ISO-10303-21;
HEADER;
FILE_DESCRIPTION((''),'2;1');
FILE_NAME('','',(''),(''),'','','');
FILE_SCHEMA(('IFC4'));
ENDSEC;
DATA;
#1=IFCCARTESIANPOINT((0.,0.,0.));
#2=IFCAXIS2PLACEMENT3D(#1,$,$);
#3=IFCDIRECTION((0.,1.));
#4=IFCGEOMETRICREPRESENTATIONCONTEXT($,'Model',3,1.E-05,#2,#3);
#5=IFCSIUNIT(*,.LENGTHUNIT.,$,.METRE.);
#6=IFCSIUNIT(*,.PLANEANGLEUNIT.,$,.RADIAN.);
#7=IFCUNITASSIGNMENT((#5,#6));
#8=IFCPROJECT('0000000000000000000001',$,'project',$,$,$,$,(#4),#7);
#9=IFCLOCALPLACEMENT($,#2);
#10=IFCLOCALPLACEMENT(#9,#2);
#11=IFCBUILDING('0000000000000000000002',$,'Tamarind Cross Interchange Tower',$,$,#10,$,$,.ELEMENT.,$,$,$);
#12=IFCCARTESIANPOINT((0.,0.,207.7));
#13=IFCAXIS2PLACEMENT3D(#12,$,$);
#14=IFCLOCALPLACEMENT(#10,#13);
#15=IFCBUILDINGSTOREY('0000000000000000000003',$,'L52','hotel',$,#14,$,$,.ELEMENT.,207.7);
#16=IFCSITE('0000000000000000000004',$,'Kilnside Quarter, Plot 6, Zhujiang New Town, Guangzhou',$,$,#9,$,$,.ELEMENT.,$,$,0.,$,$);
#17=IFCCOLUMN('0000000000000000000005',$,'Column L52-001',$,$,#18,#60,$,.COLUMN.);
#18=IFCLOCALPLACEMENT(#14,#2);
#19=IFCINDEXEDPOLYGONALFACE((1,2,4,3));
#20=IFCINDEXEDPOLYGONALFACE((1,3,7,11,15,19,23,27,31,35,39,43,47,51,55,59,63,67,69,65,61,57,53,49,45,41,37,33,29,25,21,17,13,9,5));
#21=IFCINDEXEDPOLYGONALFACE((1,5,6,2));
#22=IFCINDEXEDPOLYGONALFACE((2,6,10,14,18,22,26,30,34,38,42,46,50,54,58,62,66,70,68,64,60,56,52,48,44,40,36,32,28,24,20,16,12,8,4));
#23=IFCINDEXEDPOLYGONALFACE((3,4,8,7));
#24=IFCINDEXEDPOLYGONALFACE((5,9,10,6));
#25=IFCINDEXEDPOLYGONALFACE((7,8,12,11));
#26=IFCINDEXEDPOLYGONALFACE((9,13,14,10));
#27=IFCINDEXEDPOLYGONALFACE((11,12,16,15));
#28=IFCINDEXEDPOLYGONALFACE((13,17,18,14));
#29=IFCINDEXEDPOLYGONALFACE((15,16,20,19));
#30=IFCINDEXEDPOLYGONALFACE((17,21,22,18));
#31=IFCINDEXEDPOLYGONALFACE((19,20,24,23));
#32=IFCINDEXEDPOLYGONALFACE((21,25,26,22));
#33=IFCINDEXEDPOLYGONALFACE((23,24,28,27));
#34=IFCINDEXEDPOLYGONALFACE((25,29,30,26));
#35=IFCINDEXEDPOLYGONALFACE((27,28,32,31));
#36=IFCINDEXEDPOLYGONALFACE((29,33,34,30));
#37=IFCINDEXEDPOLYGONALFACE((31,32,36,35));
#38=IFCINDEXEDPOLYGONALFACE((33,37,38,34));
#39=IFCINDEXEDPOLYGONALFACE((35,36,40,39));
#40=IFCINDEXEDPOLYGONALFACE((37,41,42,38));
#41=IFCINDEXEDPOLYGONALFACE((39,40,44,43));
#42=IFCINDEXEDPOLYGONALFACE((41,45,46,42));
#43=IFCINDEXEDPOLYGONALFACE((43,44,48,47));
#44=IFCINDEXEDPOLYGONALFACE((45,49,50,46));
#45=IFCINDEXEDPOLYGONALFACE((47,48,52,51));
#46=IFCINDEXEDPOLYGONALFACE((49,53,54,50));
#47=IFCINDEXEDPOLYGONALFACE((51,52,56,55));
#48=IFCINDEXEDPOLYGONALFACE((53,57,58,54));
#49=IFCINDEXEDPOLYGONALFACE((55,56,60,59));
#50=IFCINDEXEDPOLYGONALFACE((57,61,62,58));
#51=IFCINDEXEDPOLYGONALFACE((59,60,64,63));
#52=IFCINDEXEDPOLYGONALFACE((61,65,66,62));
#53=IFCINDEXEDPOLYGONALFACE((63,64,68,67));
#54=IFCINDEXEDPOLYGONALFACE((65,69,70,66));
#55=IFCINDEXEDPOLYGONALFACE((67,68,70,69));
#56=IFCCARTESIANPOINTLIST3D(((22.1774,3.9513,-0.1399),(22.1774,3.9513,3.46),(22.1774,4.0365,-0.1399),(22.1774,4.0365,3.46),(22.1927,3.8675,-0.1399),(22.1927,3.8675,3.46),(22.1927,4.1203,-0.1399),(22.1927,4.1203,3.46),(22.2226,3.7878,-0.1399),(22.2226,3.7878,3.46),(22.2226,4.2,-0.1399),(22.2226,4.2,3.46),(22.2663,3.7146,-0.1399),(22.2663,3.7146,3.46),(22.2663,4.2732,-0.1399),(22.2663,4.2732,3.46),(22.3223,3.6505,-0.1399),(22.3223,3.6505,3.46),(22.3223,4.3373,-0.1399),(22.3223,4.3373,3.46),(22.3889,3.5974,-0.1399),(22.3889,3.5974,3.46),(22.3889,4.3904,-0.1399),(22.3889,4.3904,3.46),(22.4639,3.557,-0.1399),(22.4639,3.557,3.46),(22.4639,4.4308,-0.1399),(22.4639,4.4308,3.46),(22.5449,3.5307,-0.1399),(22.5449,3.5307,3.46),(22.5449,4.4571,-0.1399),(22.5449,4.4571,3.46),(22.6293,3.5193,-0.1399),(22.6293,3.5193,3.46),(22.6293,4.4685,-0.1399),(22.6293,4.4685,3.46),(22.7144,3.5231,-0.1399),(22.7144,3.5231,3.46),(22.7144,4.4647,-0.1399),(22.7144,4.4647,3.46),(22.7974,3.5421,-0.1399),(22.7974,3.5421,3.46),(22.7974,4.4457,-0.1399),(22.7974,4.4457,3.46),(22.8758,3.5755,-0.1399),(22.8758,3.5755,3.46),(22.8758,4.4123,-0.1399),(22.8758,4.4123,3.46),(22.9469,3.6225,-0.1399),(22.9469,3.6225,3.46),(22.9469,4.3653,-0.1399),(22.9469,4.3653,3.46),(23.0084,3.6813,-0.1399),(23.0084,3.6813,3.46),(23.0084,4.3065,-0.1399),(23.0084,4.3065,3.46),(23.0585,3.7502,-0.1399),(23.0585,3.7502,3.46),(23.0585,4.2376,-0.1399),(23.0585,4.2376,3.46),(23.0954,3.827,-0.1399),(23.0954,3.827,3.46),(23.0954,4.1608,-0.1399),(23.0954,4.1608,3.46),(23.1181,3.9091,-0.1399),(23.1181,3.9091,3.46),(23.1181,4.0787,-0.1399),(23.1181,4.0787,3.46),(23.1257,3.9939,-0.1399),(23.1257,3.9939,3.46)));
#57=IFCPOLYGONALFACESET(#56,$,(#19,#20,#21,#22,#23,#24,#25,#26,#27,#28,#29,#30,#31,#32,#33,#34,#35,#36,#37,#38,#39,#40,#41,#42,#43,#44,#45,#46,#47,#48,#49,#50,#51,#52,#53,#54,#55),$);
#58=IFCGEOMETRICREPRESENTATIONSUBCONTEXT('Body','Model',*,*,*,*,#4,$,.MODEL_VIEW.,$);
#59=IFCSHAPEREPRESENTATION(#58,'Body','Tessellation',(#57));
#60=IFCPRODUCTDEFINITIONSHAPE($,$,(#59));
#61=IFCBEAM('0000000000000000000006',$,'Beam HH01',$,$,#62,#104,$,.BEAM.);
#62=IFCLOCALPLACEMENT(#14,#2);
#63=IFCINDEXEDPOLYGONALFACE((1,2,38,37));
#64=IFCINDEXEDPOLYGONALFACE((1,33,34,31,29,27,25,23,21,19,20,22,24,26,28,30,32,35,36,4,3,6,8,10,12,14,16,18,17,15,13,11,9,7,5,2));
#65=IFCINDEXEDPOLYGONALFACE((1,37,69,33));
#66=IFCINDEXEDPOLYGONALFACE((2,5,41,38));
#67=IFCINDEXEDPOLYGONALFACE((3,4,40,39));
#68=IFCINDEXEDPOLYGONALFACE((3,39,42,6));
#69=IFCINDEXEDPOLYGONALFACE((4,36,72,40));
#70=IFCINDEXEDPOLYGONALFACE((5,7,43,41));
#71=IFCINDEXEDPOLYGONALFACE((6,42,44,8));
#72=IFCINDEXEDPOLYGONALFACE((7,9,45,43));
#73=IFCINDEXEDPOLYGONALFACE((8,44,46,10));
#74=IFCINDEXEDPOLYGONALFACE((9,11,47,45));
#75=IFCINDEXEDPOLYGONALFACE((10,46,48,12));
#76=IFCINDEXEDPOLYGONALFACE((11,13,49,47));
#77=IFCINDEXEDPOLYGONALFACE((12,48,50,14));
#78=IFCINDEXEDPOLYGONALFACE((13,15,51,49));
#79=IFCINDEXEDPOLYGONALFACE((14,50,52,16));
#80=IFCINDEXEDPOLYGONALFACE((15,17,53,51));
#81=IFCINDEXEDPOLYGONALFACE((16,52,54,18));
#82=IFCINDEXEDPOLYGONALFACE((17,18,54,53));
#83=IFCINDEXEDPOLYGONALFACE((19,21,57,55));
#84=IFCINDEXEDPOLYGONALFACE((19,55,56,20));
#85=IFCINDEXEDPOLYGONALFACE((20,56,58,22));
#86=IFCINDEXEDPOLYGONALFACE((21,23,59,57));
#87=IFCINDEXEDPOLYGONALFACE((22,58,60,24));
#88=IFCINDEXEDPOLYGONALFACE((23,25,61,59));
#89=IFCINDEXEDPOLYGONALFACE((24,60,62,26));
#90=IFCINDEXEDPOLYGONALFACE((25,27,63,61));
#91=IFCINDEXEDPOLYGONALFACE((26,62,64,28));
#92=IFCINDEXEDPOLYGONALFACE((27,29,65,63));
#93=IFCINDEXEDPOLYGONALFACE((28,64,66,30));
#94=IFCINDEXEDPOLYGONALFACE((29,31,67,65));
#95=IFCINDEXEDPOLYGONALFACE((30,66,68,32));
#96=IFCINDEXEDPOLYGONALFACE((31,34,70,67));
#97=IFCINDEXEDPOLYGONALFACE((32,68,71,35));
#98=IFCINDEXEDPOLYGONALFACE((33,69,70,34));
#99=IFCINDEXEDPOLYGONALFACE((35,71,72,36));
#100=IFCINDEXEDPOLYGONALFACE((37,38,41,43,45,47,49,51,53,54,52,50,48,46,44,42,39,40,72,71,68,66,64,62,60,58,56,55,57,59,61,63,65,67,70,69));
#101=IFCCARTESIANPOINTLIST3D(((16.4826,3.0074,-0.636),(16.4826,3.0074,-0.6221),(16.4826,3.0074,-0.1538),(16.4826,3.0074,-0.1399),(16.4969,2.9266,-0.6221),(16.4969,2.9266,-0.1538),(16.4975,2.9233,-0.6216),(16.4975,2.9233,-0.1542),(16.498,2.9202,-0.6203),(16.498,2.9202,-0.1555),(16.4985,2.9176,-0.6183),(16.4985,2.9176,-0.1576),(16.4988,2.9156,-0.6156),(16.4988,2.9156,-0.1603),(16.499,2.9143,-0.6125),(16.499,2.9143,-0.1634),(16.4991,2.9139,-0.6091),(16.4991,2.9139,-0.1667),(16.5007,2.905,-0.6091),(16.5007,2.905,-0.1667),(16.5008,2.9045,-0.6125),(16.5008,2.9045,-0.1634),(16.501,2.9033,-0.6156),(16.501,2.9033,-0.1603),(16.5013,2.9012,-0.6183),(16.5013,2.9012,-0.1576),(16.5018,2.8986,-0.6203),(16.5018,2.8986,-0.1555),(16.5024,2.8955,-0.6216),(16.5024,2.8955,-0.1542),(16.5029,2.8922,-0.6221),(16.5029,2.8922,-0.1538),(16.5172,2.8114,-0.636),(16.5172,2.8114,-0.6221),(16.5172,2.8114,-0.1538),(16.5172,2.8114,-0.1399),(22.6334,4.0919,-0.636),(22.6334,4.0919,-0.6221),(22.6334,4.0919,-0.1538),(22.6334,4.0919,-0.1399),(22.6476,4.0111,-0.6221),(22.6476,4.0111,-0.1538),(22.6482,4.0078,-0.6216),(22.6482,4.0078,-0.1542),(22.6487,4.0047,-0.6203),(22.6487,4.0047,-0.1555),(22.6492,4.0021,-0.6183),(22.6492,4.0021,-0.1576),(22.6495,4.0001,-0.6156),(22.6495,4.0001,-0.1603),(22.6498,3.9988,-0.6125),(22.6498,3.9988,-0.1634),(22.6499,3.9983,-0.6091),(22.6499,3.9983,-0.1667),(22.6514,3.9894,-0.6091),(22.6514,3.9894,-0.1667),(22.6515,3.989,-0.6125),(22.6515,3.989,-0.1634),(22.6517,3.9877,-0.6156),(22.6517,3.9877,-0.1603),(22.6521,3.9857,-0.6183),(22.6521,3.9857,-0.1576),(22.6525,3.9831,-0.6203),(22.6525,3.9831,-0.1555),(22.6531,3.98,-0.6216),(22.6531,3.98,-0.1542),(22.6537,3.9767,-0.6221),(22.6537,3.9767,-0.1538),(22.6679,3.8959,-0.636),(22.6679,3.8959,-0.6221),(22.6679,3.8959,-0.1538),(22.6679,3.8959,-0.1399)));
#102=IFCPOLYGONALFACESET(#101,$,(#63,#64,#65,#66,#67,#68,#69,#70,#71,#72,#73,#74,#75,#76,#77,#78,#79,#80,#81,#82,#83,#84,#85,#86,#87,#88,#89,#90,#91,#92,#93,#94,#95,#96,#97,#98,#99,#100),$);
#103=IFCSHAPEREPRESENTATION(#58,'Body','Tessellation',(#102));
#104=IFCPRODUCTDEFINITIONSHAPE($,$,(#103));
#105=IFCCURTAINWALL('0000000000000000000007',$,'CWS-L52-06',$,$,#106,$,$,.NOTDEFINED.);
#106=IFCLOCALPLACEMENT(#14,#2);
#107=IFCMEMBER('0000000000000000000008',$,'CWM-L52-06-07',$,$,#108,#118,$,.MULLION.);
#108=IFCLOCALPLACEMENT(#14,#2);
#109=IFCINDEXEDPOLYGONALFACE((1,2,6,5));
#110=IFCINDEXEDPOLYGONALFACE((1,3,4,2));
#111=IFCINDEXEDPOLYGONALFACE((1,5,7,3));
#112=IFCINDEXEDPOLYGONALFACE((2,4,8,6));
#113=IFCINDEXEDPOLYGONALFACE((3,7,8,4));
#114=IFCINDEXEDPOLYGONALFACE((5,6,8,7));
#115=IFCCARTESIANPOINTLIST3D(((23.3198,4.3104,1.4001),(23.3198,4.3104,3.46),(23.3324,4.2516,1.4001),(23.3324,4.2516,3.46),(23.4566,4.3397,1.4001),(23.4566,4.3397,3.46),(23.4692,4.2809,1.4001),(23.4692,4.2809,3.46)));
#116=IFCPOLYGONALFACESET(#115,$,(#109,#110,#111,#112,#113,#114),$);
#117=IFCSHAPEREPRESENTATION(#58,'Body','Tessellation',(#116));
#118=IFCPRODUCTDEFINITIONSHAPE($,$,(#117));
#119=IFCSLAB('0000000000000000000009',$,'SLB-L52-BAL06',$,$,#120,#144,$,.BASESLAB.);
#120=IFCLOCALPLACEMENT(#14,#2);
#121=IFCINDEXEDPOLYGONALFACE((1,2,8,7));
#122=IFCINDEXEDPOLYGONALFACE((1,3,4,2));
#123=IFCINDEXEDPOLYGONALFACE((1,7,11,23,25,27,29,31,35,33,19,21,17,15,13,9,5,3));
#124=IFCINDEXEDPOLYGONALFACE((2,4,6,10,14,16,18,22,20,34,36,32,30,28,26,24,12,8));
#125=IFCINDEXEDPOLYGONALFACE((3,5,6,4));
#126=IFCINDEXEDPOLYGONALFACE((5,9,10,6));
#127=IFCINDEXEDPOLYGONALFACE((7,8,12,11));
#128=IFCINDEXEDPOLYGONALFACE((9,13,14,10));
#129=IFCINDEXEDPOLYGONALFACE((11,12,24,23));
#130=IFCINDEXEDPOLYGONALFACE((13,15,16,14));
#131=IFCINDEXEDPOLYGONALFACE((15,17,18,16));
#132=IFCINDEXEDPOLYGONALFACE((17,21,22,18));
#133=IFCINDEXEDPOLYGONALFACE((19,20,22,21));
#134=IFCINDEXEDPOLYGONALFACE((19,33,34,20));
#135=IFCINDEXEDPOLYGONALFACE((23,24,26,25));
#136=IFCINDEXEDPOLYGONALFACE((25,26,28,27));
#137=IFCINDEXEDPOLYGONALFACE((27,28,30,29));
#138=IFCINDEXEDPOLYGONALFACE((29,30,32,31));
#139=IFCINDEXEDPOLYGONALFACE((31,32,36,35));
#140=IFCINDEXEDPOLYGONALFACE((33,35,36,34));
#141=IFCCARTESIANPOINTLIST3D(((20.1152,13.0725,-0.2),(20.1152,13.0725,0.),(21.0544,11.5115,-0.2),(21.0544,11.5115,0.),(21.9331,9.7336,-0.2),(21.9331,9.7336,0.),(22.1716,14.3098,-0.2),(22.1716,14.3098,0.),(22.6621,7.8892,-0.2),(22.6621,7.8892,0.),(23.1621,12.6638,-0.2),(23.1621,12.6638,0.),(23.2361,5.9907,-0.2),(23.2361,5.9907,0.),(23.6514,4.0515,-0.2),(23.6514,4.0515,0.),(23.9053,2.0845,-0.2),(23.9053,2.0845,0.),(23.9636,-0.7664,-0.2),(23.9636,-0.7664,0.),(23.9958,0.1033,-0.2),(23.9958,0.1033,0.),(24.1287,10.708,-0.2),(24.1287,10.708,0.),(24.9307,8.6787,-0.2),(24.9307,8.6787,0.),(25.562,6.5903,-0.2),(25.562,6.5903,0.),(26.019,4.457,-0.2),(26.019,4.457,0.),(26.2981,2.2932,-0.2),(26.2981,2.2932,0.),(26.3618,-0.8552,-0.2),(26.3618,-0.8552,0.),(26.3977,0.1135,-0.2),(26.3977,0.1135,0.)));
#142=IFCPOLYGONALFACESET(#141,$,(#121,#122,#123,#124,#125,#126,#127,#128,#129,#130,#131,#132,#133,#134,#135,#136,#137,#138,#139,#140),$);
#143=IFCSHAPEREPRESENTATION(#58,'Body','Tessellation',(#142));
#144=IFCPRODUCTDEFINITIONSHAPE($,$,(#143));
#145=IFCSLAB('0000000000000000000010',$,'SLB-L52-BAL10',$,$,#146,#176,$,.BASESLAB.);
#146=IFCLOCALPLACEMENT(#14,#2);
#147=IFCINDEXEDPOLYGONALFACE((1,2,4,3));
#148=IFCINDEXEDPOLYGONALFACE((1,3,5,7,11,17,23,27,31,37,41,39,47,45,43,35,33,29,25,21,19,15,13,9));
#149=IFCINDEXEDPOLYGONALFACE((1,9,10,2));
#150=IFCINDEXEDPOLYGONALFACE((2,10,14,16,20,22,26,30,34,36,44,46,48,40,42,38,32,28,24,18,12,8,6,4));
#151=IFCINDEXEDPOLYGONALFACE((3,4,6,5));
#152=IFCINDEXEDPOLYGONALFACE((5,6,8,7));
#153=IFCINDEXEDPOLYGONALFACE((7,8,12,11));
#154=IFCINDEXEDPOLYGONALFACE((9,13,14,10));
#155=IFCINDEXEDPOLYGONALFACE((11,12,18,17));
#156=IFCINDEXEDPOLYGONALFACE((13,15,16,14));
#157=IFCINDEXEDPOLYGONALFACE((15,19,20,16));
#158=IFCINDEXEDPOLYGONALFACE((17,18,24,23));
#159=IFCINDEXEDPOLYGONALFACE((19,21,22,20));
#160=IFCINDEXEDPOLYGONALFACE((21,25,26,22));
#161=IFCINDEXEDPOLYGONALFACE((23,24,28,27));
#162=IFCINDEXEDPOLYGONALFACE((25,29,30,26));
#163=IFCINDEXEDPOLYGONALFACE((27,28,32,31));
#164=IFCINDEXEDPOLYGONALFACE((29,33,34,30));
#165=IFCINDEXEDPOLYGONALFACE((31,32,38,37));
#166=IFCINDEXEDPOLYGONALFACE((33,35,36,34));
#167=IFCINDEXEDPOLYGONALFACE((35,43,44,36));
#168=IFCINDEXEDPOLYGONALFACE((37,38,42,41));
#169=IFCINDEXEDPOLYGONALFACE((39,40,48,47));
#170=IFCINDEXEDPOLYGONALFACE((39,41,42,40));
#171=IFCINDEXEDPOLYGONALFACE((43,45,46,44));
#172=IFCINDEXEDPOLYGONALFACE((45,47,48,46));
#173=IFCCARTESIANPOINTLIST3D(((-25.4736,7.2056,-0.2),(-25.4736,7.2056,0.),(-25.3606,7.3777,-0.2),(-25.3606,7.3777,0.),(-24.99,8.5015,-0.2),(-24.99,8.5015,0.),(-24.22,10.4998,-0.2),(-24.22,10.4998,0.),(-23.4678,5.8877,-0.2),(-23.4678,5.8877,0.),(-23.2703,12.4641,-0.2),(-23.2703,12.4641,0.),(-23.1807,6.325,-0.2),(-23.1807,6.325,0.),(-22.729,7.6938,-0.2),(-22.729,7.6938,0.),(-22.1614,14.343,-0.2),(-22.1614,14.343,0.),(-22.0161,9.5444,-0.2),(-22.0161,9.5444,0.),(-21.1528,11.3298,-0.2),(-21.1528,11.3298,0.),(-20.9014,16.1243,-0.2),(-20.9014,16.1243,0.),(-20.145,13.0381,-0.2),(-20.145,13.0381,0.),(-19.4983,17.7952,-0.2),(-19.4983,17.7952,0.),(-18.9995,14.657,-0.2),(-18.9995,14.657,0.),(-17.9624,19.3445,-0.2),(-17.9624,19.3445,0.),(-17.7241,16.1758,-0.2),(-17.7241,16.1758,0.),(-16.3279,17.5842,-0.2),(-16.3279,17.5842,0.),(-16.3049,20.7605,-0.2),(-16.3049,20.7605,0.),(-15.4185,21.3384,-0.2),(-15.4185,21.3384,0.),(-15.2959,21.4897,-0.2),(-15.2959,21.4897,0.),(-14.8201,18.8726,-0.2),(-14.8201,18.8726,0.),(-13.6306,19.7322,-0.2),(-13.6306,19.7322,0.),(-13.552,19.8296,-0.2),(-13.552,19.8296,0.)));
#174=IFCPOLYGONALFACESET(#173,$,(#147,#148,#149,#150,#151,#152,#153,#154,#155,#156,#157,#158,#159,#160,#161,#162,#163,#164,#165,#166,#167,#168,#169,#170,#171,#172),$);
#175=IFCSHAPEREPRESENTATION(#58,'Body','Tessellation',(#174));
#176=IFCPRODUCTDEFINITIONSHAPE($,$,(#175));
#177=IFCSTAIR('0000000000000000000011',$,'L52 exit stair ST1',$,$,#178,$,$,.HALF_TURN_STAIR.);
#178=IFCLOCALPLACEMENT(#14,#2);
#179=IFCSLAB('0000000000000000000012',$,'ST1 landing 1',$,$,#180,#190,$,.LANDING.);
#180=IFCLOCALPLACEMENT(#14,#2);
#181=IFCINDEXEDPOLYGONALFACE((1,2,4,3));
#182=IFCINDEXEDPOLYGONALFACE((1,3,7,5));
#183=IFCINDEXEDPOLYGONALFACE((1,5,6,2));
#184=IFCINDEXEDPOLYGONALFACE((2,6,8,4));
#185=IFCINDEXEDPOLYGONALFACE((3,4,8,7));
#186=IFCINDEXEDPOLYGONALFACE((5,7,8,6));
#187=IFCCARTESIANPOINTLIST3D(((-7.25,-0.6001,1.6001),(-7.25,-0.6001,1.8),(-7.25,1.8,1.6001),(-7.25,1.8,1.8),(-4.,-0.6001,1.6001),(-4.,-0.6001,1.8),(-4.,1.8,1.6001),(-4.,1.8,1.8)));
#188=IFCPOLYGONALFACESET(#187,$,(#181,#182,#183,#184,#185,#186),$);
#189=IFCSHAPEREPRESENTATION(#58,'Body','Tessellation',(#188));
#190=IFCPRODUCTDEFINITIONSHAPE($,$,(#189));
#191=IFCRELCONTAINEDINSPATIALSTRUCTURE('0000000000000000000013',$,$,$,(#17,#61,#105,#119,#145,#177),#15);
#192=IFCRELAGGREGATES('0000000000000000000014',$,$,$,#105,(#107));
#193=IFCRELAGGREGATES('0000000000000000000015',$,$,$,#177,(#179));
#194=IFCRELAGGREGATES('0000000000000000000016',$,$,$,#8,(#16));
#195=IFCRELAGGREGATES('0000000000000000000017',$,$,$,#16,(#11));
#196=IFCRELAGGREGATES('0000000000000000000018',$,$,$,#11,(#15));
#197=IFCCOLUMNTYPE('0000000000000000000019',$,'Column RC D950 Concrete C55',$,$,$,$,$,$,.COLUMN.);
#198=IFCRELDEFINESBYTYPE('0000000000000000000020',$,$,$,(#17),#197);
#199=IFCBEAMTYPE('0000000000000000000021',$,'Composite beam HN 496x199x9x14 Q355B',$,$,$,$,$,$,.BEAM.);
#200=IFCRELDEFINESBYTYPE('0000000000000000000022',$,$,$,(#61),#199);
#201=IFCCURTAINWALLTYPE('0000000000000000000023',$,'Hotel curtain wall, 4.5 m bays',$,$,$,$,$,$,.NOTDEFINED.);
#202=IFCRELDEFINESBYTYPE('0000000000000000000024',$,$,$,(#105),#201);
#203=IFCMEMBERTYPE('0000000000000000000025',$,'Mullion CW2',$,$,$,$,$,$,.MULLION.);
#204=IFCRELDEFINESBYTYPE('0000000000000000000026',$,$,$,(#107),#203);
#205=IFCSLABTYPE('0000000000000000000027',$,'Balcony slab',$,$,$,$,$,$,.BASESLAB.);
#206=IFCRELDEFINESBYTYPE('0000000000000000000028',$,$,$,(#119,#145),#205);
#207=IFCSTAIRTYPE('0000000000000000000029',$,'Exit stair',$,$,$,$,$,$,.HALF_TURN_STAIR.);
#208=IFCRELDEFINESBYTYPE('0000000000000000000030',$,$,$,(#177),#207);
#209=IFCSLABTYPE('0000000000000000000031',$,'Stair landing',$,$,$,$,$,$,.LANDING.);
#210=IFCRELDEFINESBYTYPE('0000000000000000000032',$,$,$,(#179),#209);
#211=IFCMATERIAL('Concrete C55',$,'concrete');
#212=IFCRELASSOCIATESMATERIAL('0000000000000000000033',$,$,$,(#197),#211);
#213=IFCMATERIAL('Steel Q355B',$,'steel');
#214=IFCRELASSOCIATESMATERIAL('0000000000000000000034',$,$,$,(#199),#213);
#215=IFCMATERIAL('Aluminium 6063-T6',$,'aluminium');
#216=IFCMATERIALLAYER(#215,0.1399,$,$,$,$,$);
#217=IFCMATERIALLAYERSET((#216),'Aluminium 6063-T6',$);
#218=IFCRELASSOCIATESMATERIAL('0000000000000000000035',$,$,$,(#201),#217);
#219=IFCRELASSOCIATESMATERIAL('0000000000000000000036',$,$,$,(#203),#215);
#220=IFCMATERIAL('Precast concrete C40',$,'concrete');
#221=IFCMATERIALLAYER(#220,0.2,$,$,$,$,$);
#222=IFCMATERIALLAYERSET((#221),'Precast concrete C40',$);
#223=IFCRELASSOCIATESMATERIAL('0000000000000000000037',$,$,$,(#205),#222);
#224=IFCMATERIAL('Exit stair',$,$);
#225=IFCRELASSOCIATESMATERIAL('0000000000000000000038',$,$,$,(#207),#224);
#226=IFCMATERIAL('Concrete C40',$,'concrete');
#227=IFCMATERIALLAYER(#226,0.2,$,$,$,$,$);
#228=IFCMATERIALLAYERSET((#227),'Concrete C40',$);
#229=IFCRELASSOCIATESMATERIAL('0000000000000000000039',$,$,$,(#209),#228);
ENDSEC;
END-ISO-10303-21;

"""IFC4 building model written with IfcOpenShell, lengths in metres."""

from ifc_helpers import new_model, si_unit, direction, frame, origin, origin_2d, place, context, subcontext, project, spatial, polyline, rectangle, circle, i_section, outline, extrude, material, layer, layer_set, material_profile, profile_set, type_object, element, aggregate, save


model = new_model("IFC4")

# Units and contexts
model_context = context("Model", 3, precision=1e-05, world=origin(), true_north=direction((0.0, 1.0)))
body_context = subcontext(model_context, "Body", "Model", "MODEL_VIEW")
ifc_project = project(units=[si_unit("LENGTHUNIT", "METRE"), si_unit("PLANEANGLEUNIT", "RADIAN")], contexts=[model_context])

# Site, building, storey
site_placement = place(None, origin())
site = spatial("IfcSite", under=ifc_project, at=site_placement, Name="Kilnside Quarter, Plot 6, Zhujiang New Town, Guangzhou", CompositionType="ELEMENT", RefElevation=0.0)
building_placement = place(site_placement, origin())
building = spatial("IfcBuilding", under=site, at=building_placement, Name="Tamarind Cross Interchange Tower", CompositionType="ELEMENT")
storey_placement = place(building_placement, frame((0.0, 0.0, 207.7)))
storey = spatial("IfcBuildingStorey", under=building, at=storey_placement, Name="L52", Description="hotel", CompositionType="ELEMENT", Elevation=207.7)

# Column
ifc_material_1 = material(Name="Concrete C55", Category="concrete")
ifc_material_profile_1 = material_profile(ifc_material_1, circle(Radius=0.4751, at=origin_2d()), Name="RC D950")
ifc_profile_set_1 = profile_set([ifc_material_profile_1], Name="Concrete C55")
column_type = type_object("IfcColumnType", Name="Column RC D950 Concrete C55", PredefinedType="COLUMN", material=ifc_profile_set_1)
column_placement = place(storey_placement, frame((22.6506, 3.9939, -0.1399), z_axis=(0.0, 0.0, 1.0), x_axis=(1.0, 0.0, 0.0)))
element("IfcColumn", 1, at=column_placement, inside=storey, type_object=column_type, Name="Column L52-001", PredefinedType="COLUMN", context=body_context, shape_type="SweptSolid", body=[
    extrude(circle(Radius=0.4751, at=origin_2d()), origin(), (0.0, 0.0, 1.0), 3.5999),
])

# Beam
ifc_material_2 = material(Name="Steel Q355B", Category="steel")
ifc_material_profile_2 = material_profile(ifc_material_2, i_section(OverallWidth=0.199, OverallDepth=0.4961, WebThickness=0.009, FlangeThickness=0.0139, FilletRadius=0.0129, at=origin_2d()), Name="HN 496x199x9x14")
ifc_profile_set_2 = profile_set([ifc_material_profile_2], Name="Steel Q355B")
beam_type = type_object("IfcBeamType", Name="Composite beam HN 496x199x9x14 Q355B", PredefinedType="BEAM", material=ifc_profile_set_2)
beam_placement = place(storey_placement, frame((22.6506, 3.9939, -0.3879), z_axis=(-0.984809, -0.17364, 0.0), x_axis=(0.17364, -0.984809, 0.0)))
element("IfcBeam", 2, at=beam_placement, inside=storey, type_object=beam_type, Name="Beam HH01", PredefinedType="BEAM", context=body_context, shape_type="SweptSolid", body=[
    extrude(i_section(OverallWidth=0.199, OverallDepth=0.4961, WebThickness=0.009, FlangeThickness=0.0139, FilletRadius=0.0129, at=origin_2d()), origin(), (0.0, 0.0, 1.0), 6.2456),
])

# Curtain wall, member
ifc_material_3 = material(Name="Aluminium 6063-T6", Category="aluminium")
ifc_layer_1 = layer(ifc_material_3, 0.1399)
ifc_layer_set_1 = layer_set([ifc_layer_1], Name="Aluminium 6063-T6")
curtain_wall_type = type_object("IfcCurtainWallType", Name="Hotel curtain wall, 4.5 m bays", PredefinedType="NOTDEFINED", material=ifc_layer_set_1)
curtain_wall_placement = place(storey_placement, origin())
curtain_wall = element("IfcCurtainWall", 3, at=curtain_wall_placement, inside=storey, type_object=curtain_wall_type, Name="CWS-L52-06", PredefinedType="NOTDEFINED")
ifc_material_profile_3 = material_profile(ifc_material_3, rectangle(XDim=0.0601, YDim=0.1399, at=origin_2d()), Name="Mullion CW2")
ifc_profile_set_3 = profile_set([ifc_material_profile_3], Name="Aluminium 6063-T6")
member_type = type_object("IfcMemberType", Name="Mullion CW2", PredefinedType="MULLION", material=ifc_profile_set_3)
member_placement = place(storey_placement, frame((23.3945, 4.2957, 1.4001), z_axis=(0.0, 0.0, 1.0), x_axis=(-0.209425, 0.977825, 0.0)))
member = element("IfcMember", 4, at=member_placement, type_object=member_type, Name="CWM-L52-06-07", PredefinedType="MULLION", context=body_context, shape_type="SweptSolid", body=[
    extrude(rectangle(XDim=0.0601, YDim=0.1399, at=origin_2d()), origin(), (0.0, 0.0, 1.0), 2.0598),
])
aggregate(curtain_wall, [member])

# Slabs
ifc_material_4 = material(Name="Precast concrete C40", Category="concrete")
ifc_layer_2 = layer(ifc_material_4, 0.2)
ifc_layer_set_2 = layer_set([ifc_layer_2], Name="Precast concrete C40")
slab_type_1 = type_object("IfcSlabType", Name="Balcony slab", PredefinedType="BASESLAB", material=ifc_layer_set_2)
slab_1_placement = place(storey_placement, frame((0.0, 0.0, -0.2)))
element("IfcSlab", 5, at=slab_1_placement, inside=storey, type_object=slab_type_1, Name="SLB-L52-BAL06", PredefinedType="BASESLAB", context=body_context, shape_type="SweptSolid", body=[
    extrude(outline(polyline([(23.9636, -0.7664), (23.9958, 0.1033), (23.9053, 2.0845), (23.6514, 4.0515), (23.2361, 5.9907), (22.6621, 7.8892), (21.9331, 9.7336), (21.0544, 11.5115), (20.1152, 13.0725), (22.1716, 14.3098), (23.1621, 12.6638), (24.1287, 10.708), (24.9307, 8.6787), (25.562, 6.5903), (26.019, 4.457), (26.2981, 2.2932), (26.3977, 0.1135), (26.3618, -0.8552), (23.9636, -0.7664)])), origin(), (0.0, 0.0, 1.0), 0.2),
])
slab_2_placement = place(storey_placement, frame((0.0, 0.0, -0.2)))
element("IfcSlab", 6, at=slab_2_placement, inside=storey, type_object=slab_type_1, Name="SLB-L52-BAL10", PredefinedType="BASESLAB", context=body_context, shape_type="SweptSolid", body=[
    extrude(outline(polyline([(-13.552, 19.8296), (-13.6306, 19.7322), (-14.8201, 18.8726), (-16.3279, 17.5842), (-17.7241, 16.1758), (-18.9995, 14.657), (-20.145, 13.0381), (-21.1528, 11.3298), (-22.0161, 9.5444), (-22.729, 7.6938), (-23.1807, 6.325), (-23.4678, 5.8877), (-25.4736, 7.2056), (-25.3606, 7.3777), (-24.99, 8.5015), (-24.22, 10.4998), (-23.2703, 12.4641), (-22.1614, 14.343), (-20.9014, 16.1243), (-19.4983, 17.7952), (-17.9624, 19.3445), (-16.3049, 20.7605), (-15.2959, 21.4897), (-15.4185, 21.3384), (-13.552, 19.8296)])), origin(), (0.0, 0.0, 1.0), 0.2),
])

# Stair, slab
ifc_material_5 = material(Name="Exit stair")
stair_type = type_object("IfcStairType", Name="Exit stair", PredefinedType="HALF_TURN_STAIR", material=ifc_material_5)
stair_1_placement = place(storey_placement, origin())
stair_1 = element("IfcStair", 7, at=stair_1_placement, inside=storey, type_object=stair_type, Name="L52 exit stair ST1", PredefinedType="HALF_TURN_STAIR")
ifc_material_6 = material(Name="Concrete C40", Category="concrete")
ifc_layer_3 = layer(ifc_material_6, 0.2)
ifc_layer_set_3 = layer_set([ifc_layer_3], Name="Concrete C40")
slab_type_2 = type_object("IfcSlabType", Name="Stair landing", PredefinedType="LANDING", material=ifc_layer_set_3)
slab_3_placement = place(storey_placement, frame((0.0, 0.0, 1.6001)))
slab_3 = element("IfcSlab", 8, at=slab_3_placement, type_object=slab_type_2, Name="ST1 landing 1", PredefinedType="LANDING", context=body_context, shape_type="SweptSolid", body=[
    extrude(outline(polyline([(-4.0, -0.6001), (-4.0, 1.8), (-7.25, 1.8), (-7.25, -0.6001), (-4.0, -0.6001)])), origin(), (0.0, 0.0, 1.0), 0.2),
])
aggregate(stair_1, [slab_3])

save(model, "model.ifc")
